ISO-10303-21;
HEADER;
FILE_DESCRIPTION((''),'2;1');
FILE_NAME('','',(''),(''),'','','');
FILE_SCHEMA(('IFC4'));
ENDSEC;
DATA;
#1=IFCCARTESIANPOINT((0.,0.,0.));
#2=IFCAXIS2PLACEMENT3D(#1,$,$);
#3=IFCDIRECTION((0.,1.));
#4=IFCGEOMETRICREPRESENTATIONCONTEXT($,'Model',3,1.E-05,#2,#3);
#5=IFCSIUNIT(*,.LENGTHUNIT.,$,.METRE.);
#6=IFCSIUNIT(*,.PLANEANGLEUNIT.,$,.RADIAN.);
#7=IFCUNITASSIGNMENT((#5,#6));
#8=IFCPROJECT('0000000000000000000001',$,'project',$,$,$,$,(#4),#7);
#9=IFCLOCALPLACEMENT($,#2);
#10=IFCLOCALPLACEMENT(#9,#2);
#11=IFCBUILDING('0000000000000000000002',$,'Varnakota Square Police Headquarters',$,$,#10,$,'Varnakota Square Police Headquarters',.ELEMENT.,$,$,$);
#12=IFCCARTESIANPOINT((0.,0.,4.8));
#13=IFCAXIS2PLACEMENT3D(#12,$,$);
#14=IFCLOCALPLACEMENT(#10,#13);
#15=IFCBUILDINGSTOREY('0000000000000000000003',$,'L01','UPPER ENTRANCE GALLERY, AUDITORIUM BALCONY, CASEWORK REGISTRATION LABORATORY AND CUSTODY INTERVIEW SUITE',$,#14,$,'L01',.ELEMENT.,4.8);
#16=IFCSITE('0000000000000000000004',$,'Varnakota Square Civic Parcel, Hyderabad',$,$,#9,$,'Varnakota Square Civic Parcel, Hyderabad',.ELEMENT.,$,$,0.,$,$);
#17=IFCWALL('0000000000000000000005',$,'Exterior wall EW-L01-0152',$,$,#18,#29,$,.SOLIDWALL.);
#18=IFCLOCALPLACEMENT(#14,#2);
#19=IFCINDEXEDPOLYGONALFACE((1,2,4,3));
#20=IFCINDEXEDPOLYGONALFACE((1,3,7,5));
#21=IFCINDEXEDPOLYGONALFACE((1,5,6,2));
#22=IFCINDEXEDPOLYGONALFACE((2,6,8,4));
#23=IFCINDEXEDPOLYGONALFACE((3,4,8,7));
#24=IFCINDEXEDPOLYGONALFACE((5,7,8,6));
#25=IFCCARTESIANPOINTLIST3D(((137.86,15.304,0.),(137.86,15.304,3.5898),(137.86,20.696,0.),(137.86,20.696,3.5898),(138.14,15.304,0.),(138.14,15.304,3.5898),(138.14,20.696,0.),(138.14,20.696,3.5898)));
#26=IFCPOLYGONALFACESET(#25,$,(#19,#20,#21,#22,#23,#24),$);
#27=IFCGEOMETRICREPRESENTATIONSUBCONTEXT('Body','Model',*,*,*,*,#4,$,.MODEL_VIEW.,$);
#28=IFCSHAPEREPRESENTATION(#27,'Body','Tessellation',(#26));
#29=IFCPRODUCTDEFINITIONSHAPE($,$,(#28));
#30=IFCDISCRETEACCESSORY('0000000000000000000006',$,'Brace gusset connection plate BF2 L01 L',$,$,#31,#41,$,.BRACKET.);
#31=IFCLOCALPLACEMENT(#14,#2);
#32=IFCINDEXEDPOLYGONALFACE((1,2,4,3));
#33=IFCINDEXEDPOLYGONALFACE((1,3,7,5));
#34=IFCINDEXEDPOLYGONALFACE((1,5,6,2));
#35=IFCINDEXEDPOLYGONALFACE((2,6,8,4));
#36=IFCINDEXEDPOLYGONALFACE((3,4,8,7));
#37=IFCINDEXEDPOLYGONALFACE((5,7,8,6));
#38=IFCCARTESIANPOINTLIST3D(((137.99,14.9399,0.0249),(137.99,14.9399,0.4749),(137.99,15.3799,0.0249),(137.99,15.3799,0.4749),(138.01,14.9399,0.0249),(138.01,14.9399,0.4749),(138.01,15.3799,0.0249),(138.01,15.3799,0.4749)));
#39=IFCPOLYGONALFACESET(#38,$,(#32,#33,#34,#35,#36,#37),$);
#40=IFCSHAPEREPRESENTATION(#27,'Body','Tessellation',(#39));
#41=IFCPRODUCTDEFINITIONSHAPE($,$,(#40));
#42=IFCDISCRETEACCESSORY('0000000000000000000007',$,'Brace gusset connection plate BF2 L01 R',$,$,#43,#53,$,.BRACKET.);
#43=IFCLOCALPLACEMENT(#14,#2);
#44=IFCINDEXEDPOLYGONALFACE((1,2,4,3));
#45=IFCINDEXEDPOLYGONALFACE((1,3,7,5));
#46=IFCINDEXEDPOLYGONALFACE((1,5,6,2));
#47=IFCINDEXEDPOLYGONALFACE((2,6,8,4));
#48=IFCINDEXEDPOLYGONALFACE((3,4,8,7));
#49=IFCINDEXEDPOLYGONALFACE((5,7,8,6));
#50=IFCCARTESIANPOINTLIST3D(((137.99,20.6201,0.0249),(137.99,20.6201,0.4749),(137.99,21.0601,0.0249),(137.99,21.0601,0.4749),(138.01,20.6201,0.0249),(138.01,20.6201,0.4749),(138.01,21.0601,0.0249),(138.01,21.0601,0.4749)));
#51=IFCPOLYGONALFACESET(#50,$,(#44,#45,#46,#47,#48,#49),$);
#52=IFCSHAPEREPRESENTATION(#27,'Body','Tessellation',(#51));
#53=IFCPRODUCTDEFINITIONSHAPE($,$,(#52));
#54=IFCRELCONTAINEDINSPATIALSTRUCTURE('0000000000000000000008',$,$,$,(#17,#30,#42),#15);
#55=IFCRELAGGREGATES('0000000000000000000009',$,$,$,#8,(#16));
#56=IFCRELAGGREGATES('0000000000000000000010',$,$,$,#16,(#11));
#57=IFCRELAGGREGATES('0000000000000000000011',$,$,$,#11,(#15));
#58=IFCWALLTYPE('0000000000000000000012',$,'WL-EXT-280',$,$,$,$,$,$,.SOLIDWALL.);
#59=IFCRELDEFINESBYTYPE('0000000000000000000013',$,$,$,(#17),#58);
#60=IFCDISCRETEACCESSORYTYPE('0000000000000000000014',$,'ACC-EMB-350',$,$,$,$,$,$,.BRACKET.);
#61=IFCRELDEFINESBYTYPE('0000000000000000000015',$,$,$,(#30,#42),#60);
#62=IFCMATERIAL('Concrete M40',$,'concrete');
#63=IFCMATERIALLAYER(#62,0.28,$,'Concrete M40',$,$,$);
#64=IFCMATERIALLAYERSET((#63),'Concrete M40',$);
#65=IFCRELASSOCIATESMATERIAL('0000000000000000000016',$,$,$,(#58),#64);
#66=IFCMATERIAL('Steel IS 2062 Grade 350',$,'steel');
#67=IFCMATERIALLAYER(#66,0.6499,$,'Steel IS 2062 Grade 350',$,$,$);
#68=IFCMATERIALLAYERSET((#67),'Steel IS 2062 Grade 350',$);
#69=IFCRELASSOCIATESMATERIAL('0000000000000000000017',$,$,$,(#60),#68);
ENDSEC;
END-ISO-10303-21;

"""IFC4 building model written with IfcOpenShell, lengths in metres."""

from ifc_helpers import new_model, si_unit, direction, frame, frame_2d, origin, origin_2d, place, context, subcontext, project, spatial, rectangle, extrude, material, layer, layer_set, type_object, element, save


model = new_model("IFC4")

# Units and contexts
model_context = context("Model", 3, precision=1e-05, world=origin(), true_north=direction((0.0, 1.0)))
body_context = subcontext(model_context, "Body", "Model", "MODEL_VIEW")
ifc_project = project(units=[si_unit("LENGTHUNIT", "METRE"), si_unit("PLANEANGLEUNIT", "RADIAN")], contexts=[model_context])

# Site, building, storey
site_placement = place(None, origin())
site = spatial("IfcSite", under=ifc_project, at=site_placement, Name="Varnakota Square Civic Parcel, Hyderabad", LongName="Varnakota Square Civic Parcel, Hyderabad", CompositionType="ELEMENT", RefElevation=0.0)
building_placement = place(site_placement, origin())
building = spatial("IfcBuilding", under=site, at=building_placement, Name="Varnakota Square Police Headquarters", LongName="Varnakota Square Police Headquarters", CompositionType="ELEMENT")
storey_placement = place(building_placement, frame((0.0, 0.0, 4.8)))
storey = spatial("IfcBuildingStorey", under=building, at=storey_placement, Name="L01", Description="UPPER ENTRANCE GALLERY, AUDITORIUM BALCONY, CASEWORK REGISTRATION LABORATORY AND CUSTODY INTERVIEW SUITE", LongName="L01", CompositionType="ELEMENT", Elevation=4.8)

# Shared definitions
ifc_material_1 = material(Name="Steel IS 2062 Grade 350", Category="steel")

# Shared definitions
ifc_material_2 = material(Name="Concrete M40", Category="concrete")

# Wall
ifc_layer_1 = layer(ifc_material_2, 0.28, Name="Concrete M40")
ifc_layer_set_1 = layer_set([ifc_layer_1], Name="Concrete M40")
wall_type_1 = type_object("IfcWallType", Name="WL-EXT-280", PredefinedType="SOLIDWALL", material=ifc_layer_set_1)
wall_1_placement = place(storey_placement, frame((138.0, 15.304, 0.0), z_axis=(0.0, 0.0, 1.0), x_axis=(0.0, 1.0, 0.0)))
element("IfcWall", 1, at=wall_1_placement, inside=storey, type_object=wall_type_1, Name="Exterior wall EW-L01-0152", PredefinedType="SOLIDWALL", context=body_context, shape_type="SweptSolid", body=[
    extrude(rectangle(XDim=5.3921, YDim=0.28, at=frame_2d((2.696, 0.0))), origin(), (0.0, 0.0, 1.0), 3.5898),
])

# Discrete accessories
ifc_layer_2 = layer(ifc_material_1, 0.6499, Name="Steel IS 2062 Grade 350")
ifc_layer_set_2 = layer_set([ifc_layer_2], Name="Steel IS 2062 Grade 350")
discrete_accessory_type = type_object("IfcDiscreteAccessoryType", Name="ACC-EMB-350", PredefinedType="BRACKET", material=ifc_layer_set_2)
for number, where, z_axis, x_axis, name in (
    (2, (138.0, 15.1599, 0.0249), (0.0, 0.0, 1.0), (0.0, 1.0, 0.0), "Brace gusset connection plate BF2 L01 L"),
    (3, (138.0, 20.8401, 0.0249), (0.0, 0.0, 1.0), (0.0, 1.0, 0.0), "Brace gusset connection plate BF2 L01 R"),
):
    element("IfcDiscreteAccessory", number, at=place(storey_placement, frame(where, z_axis=z_axis, x_axis=x_axis)), inside=storey, type_object=discrete_accessory_type, Name=name, PredefinedType="BRACKET", context=body_context, shape_type="SweptSolid", body=[
        extrude(rectangle(XDim=0.4399, YDim=0.02, at=origin_2d()), origin(), (0.0, 0.0, 1.0), 0.45),
    ])

save(model, "model.ifc")
